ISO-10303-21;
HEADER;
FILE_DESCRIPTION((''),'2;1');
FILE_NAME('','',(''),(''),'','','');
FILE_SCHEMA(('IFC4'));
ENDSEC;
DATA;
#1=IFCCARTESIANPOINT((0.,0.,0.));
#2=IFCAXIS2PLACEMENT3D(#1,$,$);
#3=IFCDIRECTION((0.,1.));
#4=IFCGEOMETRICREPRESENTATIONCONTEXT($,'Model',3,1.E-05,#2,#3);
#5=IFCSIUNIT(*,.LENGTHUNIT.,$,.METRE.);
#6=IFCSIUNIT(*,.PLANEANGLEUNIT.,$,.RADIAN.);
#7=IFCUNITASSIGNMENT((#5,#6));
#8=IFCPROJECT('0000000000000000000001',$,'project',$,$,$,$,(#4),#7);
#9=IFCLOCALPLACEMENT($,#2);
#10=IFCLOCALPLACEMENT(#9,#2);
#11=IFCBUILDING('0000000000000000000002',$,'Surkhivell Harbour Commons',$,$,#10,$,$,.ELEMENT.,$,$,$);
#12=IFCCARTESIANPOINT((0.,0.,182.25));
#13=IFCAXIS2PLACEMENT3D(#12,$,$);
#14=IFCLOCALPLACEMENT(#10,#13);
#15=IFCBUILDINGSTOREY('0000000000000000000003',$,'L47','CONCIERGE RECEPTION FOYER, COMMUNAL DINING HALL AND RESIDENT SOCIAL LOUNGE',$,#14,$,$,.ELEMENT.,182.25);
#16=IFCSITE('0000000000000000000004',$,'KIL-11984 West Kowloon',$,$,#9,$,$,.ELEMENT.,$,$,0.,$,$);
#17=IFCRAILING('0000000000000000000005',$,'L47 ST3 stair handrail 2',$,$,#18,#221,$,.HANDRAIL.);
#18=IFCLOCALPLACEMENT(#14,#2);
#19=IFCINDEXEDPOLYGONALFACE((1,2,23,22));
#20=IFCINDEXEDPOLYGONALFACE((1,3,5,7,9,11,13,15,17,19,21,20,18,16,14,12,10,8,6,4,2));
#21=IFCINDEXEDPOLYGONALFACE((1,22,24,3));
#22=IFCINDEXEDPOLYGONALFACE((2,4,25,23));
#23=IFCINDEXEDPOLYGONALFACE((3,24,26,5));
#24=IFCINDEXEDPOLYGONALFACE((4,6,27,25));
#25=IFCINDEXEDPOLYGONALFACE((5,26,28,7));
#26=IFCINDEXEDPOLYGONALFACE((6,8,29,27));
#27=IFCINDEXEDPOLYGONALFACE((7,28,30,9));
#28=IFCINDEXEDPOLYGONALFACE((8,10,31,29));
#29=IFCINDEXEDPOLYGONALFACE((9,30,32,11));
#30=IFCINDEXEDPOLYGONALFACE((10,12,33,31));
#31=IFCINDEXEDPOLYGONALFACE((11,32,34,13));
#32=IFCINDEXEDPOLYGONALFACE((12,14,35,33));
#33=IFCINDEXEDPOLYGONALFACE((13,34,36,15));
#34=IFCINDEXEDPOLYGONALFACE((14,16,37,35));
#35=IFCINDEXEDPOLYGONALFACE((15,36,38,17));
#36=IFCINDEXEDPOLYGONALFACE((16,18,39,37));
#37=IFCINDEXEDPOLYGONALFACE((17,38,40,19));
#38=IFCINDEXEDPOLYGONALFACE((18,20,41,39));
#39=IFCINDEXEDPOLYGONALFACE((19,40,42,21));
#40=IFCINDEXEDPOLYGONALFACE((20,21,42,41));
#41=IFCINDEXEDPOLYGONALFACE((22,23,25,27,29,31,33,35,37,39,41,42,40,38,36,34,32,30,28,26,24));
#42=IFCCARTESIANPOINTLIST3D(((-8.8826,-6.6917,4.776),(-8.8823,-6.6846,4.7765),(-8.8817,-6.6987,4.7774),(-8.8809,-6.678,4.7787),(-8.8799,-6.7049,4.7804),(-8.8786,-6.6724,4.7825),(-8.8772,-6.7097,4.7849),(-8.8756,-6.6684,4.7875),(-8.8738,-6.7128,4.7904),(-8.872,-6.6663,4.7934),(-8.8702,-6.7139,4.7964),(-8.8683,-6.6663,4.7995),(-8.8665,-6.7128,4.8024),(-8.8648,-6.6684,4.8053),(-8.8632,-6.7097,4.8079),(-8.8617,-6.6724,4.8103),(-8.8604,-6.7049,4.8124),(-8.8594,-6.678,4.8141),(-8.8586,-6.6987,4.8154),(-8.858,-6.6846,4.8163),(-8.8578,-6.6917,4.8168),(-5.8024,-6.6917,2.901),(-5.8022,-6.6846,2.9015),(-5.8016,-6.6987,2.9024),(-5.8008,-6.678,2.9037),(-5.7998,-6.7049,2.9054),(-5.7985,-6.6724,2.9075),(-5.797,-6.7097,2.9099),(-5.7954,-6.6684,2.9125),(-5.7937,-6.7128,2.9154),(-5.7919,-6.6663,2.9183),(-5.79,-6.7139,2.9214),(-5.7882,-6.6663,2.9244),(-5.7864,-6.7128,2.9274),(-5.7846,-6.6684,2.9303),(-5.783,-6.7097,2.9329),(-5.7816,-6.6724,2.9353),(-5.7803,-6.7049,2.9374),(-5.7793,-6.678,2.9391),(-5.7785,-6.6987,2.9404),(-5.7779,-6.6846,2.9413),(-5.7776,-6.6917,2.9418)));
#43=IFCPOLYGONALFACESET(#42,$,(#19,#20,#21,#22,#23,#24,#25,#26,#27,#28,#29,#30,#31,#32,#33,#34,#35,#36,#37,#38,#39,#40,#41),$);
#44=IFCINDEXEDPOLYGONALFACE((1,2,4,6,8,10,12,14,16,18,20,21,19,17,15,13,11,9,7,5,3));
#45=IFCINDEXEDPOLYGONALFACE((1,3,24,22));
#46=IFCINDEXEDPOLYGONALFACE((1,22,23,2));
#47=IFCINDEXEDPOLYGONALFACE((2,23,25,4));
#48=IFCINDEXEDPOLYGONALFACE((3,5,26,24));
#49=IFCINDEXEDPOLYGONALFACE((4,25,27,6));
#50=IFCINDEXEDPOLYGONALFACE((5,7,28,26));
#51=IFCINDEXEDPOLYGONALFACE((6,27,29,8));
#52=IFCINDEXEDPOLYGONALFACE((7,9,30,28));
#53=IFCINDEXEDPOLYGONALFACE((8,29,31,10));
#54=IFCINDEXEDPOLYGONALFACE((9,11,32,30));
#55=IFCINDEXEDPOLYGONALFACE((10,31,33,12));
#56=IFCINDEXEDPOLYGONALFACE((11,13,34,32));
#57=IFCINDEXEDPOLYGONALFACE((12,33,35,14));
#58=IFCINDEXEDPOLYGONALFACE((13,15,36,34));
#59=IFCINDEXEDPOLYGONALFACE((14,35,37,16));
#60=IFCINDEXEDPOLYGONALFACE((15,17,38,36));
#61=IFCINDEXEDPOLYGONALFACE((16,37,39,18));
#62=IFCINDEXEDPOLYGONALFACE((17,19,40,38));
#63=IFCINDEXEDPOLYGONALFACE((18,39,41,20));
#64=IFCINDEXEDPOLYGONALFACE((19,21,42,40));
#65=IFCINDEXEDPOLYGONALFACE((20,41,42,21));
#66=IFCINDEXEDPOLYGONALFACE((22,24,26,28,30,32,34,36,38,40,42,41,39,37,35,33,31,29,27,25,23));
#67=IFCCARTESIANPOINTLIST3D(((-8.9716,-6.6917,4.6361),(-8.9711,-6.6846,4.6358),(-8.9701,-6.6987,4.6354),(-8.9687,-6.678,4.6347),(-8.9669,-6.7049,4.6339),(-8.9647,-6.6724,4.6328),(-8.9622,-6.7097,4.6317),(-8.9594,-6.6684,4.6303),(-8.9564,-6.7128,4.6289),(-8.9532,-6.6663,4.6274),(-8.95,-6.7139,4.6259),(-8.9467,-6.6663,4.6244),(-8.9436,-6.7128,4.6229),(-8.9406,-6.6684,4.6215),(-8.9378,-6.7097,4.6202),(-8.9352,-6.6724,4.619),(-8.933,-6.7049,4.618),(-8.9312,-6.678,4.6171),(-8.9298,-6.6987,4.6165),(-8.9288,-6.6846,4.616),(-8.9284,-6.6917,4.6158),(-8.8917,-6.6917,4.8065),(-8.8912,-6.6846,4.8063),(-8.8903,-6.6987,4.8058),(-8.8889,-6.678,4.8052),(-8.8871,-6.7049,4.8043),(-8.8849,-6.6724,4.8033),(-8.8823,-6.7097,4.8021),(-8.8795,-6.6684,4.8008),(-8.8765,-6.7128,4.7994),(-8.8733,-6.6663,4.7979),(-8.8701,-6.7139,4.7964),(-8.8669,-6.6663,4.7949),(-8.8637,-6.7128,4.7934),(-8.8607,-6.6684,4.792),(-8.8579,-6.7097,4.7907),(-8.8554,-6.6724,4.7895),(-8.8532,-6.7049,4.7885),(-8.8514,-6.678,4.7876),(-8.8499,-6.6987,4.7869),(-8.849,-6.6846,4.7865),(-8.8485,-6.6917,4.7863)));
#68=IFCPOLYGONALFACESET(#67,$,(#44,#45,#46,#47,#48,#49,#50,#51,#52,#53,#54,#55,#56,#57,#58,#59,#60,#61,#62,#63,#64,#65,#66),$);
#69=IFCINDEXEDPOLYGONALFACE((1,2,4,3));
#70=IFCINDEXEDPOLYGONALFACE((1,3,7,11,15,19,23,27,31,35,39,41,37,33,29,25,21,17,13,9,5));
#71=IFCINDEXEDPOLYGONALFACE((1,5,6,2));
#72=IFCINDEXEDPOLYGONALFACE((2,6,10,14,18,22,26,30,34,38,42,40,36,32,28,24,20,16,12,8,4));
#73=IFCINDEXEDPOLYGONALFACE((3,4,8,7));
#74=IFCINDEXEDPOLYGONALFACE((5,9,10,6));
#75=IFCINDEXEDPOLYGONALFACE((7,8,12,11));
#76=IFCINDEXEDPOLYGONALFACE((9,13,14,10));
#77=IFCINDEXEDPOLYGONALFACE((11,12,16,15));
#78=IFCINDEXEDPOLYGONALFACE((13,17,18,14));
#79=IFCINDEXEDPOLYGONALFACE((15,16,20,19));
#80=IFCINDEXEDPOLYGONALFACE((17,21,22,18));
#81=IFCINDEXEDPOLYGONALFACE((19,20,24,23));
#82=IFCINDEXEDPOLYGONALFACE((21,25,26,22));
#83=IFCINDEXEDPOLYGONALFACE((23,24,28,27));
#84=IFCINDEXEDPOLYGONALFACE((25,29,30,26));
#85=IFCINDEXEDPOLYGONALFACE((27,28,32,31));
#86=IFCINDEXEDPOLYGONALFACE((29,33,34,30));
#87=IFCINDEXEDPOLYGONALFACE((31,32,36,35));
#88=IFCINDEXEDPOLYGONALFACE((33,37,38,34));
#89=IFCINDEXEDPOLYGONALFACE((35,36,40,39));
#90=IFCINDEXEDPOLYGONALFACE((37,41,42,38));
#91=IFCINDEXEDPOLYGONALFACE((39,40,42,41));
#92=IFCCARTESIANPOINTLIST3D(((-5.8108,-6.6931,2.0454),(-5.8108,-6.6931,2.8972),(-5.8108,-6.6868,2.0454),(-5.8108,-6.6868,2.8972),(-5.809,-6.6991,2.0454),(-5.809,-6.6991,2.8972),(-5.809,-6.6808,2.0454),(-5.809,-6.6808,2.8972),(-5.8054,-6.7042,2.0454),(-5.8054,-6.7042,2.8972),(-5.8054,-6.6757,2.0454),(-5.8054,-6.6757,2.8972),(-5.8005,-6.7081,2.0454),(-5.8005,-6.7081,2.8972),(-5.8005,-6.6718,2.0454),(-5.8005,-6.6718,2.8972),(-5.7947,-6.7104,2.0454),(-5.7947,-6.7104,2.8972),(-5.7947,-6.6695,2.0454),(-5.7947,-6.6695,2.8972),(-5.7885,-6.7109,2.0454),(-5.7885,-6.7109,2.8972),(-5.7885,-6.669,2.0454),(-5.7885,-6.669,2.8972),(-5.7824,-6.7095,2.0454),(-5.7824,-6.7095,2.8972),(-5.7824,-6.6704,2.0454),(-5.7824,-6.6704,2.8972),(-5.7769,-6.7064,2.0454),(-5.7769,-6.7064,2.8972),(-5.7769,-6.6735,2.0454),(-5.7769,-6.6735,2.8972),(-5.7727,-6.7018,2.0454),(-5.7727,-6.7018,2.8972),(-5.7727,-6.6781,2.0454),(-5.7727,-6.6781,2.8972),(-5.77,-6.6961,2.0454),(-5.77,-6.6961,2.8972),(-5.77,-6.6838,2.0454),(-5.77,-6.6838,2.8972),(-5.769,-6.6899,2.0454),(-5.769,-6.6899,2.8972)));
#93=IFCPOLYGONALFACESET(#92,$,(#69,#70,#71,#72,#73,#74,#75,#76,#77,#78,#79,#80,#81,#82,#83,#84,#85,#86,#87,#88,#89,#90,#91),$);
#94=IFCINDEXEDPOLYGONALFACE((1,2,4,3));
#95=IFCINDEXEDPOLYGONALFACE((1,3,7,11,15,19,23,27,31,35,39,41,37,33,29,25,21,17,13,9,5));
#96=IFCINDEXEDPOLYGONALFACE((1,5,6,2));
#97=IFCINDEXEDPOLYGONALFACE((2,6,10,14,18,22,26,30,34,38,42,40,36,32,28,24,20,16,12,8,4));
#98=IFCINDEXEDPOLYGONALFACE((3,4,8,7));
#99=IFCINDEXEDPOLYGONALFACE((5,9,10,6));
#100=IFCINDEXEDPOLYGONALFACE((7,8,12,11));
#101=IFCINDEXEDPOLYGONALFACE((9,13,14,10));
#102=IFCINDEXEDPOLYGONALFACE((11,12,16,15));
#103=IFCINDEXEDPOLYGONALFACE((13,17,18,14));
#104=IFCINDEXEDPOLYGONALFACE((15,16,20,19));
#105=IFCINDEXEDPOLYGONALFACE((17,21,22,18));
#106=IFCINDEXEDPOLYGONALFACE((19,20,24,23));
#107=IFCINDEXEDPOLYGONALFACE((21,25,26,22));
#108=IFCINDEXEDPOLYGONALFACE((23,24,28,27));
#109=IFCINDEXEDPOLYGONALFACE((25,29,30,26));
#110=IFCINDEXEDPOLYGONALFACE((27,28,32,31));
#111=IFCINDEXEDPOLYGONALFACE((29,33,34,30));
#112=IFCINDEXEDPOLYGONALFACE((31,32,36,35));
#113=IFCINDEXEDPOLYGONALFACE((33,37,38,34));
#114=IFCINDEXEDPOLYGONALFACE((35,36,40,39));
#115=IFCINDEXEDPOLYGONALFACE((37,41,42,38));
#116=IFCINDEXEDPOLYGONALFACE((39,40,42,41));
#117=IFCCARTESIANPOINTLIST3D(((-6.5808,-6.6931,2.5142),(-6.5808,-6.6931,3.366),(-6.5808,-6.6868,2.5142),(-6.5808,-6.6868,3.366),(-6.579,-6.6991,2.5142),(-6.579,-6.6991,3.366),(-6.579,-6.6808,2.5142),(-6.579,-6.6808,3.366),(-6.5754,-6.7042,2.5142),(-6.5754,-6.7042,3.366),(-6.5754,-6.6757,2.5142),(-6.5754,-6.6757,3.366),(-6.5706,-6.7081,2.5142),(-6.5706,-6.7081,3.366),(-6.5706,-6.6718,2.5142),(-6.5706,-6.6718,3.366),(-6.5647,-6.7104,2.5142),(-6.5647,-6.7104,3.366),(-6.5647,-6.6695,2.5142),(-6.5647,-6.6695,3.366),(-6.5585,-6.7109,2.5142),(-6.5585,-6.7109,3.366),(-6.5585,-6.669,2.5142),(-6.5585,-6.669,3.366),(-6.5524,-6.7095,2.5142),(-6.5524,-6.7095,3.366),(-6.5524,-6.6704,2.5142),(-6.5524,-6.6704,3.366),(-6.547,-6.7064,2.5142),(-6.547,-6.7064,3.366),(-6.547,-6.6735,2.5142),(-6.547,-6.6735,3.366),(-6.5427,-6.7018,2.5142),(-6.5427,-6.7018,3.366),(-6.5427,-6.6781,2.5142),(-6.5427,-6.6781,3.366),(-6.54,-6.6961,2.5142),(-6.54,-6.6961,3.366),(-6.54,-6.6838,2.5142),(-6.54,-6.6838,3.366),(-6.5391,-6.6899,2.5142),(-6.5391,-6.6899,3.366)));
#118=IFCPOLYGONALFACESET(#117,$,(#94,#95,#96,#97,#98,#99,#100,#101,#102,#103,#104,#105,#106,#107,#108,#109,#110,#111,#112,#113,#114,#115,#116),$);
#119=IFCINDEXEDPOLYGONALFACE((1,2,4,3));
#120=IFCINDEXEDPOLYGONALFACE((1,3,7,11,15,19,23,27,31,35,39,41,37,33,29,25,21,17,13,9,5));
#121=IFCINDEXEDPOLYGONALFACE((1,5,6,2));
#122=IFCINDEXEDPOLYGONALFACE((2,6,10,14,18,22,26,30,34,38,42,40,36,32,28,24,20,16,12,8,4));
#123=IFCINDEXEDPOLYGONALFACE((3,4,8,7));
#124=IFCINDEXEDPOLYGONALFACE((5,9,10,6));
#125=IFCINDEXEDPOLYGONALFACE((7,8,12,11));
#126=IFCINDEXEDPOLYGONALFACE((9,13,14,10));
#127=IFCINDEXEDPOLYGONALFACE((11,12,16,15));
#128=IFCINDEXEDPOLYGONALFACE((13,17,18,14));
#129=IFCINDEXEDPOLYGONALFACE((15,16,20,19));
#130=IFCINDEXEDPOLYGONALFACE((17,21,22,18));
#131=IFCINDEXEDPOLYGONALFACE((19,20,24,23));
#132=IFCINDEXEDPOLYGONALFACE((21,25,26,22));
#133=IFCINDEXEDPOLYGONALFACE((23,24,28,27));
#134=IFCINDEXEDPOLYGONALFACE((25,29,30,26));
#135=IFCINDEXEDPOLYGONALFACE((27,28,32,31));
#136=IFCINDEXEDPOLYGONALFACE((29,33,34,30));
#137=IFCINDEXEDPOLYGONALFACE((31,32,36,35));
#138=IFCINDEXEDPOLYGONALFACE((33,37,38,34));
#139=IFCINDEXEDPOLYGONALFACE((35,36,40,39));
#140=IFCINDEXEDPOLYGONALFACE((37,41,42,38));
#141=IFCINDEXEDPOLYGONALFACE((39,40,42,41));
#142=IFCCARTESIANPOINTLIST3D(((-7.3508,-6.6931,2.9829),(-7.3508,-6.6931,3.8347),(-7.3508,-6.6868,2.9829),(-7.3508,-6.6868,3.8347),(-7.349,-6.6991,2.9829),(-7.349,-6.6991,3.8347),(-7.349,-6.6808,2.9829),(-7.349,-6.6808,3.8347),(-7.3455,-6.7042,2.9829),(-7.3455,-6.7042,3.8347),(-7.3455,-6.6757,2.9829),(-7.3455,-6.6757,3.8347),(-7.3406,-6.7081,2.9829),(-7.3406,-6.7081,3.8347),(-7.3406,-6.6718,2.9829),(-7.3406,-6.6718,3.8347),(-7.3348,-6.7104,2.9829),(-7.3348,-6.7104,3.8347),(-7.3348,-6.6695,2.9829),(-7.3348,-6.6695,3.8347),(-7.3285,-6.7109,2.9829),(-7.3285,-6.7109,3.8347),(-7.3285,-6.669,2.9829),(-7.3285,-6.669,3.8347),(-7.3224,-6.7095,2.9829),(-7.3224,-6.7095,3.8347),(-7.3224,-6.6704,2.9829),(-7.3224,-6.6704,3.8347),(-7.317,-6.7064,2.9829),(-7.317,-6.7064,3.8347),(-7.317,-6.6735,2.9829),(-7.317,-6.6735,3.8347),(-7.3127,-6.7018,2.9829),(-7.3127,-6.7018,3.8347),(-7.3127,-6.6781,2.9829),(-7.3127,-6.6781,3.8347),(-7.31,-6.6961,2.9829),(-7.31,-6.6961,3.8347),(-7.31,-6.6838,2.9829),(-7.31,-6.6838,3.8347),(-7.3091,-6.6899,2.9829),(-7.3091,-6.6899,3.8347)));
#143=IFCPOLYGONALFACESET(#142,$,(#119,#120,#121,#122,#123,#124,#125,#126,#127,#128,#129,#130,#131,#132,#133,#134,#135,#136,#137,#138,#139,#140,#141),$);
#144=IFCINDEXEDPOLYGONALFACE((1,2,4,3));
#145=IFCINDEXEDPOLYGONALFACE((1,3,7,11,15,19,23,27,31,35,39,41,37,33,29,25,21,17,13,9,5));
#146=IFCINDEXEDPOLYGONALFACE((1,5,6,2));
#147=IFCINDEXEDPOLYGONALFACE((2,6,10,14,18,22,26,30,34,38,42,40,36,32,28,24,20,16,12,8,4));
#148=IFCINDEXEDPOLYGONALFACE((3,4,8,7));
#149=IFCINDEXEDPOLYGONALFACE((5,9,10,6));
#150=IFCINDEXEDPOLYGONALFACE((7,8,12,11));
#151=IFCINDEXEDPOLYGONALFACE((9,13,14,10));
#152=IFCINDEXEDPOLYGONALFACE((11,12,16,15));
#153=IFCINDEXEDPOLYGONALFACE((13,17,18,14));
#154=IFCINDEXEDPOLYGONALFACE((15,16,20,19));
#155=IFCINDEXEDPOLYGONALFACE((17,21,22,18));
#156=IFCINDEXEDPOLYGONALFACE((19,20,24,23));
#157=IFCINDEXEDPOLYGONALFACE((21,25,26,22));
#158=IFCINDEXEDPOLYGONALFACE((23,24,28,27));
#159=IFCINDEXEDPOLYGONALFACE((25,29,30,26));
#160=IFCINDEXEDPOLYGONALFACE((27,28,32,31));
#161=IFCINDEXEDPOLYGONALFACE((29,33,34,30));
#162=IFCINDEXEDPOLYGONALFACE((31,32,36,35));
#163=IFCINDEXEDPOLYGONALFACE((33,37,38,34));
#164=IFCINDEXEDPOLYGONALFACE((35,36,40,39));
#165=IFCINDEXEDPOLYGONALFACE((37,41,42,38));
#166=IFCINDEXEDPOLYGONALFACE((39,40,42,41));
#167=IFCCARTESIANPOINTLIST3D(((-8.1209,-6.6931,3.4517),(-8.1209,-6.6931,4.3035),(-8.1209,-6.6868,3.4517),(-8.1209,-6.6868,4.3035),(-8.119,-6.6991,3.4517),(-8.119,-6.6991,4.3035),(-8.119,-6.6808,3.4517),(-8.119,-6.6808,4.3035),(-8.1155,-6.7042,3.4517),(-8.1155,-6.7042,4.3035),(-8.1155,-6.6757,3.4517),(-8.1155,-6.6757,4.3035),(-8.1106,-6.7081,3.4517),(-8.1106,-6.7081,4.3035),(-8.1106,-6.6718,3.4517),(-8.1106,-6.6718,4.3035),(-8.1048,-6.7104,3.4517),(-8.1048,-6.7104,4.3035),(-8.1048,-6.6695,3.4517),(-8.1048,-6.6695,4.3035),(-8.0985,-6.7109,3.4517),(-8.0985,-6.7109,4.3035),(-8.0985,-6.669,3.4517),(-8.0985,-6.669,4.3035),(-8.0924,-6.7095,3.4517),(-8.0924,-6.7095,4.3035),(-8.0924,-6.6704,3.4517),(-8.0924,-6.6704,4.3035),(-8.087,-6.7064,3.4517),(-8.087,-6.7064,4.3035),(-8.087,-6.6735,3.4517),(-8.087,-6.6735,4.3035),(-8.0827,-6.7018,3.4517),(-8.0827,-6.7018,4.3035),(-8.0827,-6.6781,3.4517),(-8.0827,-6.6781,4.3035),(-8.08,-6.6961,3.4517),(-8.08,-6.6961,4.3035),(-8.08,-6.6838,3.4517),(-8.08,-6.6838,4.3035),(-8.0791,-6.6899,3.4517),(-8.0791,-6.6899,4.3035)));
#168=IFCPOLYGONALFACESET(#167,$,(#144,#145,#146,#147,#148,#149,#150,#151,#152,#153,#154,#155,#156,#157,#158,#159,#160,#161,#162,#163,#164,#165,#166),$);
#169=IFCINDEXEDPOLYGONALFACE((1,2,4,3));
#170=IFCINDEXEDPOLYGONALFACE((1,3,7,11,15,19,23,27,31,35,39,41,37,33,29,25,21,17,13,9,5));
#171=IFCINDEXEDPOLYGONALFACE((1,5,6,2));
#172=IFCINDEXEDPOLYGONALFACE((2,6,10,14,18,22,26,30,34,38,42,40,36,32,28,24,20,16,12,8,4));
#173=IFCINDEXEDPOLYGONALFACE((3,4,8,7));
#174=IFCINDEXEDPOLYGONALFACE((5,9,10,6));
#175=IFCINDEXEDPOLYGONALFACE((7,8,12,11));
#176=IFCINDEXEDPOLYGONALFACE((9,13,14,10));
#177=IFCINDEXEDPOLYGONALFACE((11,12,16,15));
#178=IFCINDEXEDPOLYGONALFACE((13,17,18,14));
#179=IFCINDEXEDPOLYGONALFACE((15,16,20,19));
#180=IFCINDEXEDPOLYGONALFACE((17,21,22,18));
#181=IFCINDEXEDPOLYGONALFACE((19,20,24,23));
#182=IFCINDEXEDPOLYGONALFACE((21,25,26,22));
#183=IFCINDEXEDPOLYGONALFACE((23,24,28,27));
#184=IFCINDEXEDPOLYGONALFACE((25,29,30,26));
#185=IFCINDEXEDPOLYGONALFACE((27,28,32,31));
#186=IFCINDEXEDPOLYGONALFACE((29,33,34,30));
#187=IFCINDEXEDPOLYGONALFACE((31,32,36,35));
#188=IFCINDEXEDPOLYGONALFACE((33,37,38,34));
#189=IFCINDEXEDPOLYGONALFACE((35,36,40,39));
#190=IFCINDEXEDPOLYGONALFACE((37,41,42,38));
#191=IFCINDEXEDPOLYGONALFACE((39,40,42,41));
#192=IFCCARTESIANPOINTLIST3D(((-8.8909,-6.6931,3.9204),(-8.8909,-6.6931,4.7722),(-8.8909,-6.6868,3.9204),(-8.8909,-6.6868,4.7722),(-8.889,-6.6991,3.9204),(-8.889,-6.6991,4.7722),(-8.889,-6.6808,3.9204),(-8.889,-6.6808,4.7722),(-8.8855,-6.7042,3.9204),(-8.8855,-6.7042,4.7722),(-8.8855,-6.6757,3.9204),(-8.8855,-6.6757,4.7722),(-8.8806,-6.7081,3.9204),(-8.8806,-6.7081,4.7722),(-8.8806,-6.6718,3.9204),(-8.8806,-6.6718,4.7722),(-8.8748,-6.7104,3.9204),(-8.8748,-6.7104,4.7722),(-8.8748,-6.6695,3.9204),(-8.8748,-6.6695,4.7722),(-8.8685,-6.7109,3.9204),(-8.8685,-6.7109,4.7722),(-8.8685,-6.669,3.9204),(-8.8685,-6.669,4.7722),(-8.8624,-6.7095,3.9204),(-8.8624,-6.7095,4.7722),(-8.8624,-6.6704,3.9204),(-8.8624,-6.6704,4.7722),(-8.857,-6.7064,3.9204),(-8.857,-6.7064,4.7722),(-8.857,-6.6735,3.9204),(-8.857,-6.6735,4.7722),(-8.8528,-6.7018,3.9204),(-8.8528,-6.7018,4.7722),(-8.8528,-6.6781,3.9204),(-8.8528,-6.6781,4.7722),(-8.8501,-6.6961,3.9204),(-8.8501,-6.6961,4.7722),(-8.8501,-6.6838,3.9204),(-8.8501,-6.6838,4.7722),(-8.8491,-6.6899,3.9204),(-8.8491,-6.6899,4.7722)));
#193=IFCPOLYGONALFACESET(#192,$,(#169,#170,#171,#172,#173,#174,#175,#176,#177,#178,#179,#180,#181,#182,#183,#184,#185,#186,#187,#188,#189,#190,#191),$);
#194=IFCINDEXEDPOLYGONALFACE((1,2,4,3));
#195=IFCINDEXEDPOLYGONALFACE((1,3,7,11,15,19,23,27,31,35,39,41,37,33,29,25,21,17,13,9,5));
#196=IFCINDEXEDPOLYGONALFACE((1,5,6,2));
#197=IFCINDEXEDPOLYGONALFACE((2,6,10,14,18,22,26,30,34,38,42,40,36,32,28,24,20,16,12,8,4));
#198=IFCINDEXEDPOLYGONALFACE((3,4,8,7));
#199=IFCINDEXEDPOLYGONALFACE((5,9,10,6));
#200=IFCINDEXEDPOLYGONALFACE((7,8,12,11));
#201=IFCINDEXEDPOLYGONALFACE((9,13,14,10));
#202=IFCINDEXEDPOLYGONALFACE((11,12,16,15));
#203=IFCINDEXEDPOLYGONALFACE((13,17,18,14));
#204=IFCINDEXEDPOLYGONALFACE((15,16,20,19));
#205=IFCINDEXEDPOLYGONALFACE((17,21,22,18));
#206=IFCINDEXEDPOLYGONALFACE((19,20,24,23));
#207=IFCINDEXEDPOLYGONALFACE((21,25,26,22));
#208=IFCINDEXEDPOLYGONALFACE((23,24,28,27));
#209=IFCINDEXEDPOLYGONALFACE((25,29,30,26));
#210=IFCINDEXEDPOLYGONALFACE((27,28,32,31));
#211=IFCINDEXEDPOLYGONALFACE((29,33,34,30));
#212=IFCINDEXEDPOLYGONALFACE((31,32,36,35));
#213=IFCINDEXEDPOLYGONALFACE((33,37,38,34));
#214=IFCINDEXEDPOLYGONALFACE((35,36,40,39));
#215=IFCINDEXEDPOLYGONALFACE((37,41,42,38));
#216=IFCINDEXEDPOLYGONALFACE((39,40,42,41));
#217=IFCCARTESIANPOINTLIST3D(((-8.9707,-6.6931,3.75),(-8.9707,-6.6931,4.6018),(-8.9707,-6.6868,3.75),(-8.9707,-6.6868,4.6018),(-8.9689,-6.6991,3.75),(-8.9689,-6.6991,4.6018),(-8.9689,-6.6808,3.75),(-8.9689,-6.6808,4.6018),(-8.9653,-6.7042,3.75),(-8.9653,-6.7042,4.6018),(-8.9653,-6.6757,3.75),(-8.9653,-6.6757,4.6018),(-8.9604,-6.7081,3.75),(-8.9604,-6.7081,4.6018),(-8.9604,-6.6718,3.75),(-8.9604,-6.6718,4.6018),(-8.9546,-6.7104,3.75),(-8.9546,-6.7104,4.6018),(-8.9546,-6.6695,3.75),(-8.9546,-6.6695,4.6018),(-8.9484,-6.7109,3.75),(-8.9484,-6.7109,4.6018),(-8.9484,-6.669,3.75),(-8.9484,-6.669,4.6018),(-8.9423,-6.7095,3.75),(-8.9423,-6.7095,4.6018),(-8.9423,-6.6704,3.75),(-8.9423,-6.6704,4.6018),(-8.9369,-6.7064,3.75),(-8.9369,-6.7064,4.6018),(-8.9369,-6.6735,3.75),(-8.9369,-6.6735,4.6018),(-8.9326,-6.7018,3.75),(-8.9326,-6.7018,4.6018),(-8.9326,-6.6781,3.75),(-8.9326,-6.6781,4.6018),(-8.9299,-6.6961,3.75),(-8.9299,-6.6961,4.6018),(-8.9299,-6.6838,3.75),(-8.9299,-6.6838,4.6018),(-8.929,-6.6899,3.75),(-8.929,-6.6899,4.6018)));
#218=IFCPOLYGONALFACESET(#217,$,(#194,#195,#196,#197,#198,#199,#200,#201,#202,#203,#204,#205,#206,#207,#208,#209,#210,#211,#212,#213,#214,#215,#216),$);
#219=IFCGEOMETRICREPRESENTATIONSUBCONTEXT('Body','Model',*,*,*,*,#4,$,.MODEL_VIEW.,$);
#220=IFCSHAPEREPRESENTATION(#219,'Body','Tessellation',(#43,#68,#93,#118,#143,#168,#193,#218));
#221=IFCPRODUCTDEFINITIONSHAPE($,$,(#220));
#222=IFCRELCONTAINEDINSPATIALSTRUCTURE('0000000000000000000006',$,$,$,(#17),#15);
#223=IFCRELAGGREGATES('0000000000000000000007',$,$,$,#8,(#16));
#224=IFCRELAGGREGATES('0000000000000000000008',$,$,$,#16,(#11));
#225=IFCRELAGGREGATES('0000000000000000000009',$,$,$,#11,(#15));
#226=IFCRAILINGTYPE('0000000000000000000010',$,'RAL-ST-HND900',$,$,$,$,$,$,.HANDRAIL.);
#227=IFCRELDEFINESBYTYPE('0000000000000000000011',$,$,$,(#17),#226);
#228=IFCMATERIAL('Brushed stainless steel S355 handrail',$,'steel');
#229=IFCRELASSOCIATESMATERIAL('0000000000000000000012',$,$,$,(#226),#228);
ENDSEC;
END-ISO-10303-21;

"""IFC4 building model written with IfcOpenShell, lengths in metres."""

from ifc_helpers import new_model, si_unit, direction, frame, origin, origin_2d, place, context, subcontext, project, spatial, circle, extrude, material, type_object, element, save


model = new_model("IFC4")

# Units and contexts
model_context = context("Model", 3, precision=1e-05, world=origin(), true_north=direction((0.0, 1.0)))
body_context = subcontext(model_context, "Body", "Model", "MODEL_VIEW")
ifc_project = project(units=[si_unit("LENGTHUNIT", "METRE"), si_unit("PLANEANGLEUNIT", "RADIAN")], contexts=[model_context])

# Site, building, storey
site_placement = place(None, origin())
site = spatial("IfcSite", under=ifc_project, at=site_placement, Name="KIL-11984 West Kowloon", CompositionType="ELEMENT", RefElevation=0.0)
building_placement = place(site_placement, origin())
building = spatial("IfcBuilding", under=site, at=building_placement, Name="Surkhivell Harbour Commons", CompositionType="ELEMENT")
storey_placement = place(building_placement, frame((0.0, 0.0, 182.25)))
storey = spatial("IfcBuildingStorey", under=building, at=storey_placement, Name="L47", Description="CONCIERGE RECEPTION FOYER, COMMUNAL DINING HALL AND RESIDENT SOCIAL LOUNGE", CompositionType="ELEMENT", Elevation=182.25)

# Railing
ifc_material_1 = material(Name="Brushed stainless steel S355 handrail", Category="steel")
railing_type_1 = type_object("IfcRailingType", Name="RAL-ST-HND900", PredefinedType="HANDRAIL", material=ifc_material_1)
railing_1_placement = place(storey_placement, frame((-5.79, -6.6899, 2.0454)))
element("IfcRailing", 1, at=railing_1_placement, inside=storey, type_object=railing_type_1, Name="L47 ST3 stair handrail 2", PredefinedType="HANDRAIL", context=body_context, shape_type="SweptSolid", body=[
    extrude(circle(Radius=0.0239, at=origin_2d()), frame((0.0, 0.0, 0.876), z_axis=(-0.854178, 0.0, 0.519981), x_axis=(0.0, -1.0, 0.0)), (0.0, 0.0, 1.0), 3.606),
    extrude(circle(Radius=0.0239, at=origin_2d()), frame((-3.0801, 0.0, 2.751), z_axis=(-0.424234, 0.0, -0.905552), x_axis=(0.0, -1.0, 0.0)), (0.0, 0.0, 1.0), 0.1882),
    extrude(circle(Radius=0.021, at=origin_2d()), origin(), (0.0, 0.0, 1.0), 0.8518),
    extrude(circle(Radius=0.021, at=origin_2d()), frame((-0.77, 0.0, 0.4688)), (0.0, 0.0, 1.0), 0.8518),
    extrude(circle(Radius=0.021, at=origin_2d()), frame((-1.54, 0.0, 0.9375)), (0.0, 0.0, 1.0), 0.8518),
    extrude(circle(Radius=0.021, at=origin_2d()), frame((-2.3101, 0.0, 1.4062)), (0.0, 0.0, 1.0), 0.8518),
    extrude(circle(Radius=0.021, at=origin_2d()), frame((-3.0801, 0.0, 1.875)), (0.0, 0.0, 1.0), 0.8518),
    extrude(circle(Radius=0.021, at=origin_2d()), frame((-3.1599, 0.0, 1.7046)), (0.0, 0.0, 1.0), 0.8518),
])

save(model, "model.ifc")
